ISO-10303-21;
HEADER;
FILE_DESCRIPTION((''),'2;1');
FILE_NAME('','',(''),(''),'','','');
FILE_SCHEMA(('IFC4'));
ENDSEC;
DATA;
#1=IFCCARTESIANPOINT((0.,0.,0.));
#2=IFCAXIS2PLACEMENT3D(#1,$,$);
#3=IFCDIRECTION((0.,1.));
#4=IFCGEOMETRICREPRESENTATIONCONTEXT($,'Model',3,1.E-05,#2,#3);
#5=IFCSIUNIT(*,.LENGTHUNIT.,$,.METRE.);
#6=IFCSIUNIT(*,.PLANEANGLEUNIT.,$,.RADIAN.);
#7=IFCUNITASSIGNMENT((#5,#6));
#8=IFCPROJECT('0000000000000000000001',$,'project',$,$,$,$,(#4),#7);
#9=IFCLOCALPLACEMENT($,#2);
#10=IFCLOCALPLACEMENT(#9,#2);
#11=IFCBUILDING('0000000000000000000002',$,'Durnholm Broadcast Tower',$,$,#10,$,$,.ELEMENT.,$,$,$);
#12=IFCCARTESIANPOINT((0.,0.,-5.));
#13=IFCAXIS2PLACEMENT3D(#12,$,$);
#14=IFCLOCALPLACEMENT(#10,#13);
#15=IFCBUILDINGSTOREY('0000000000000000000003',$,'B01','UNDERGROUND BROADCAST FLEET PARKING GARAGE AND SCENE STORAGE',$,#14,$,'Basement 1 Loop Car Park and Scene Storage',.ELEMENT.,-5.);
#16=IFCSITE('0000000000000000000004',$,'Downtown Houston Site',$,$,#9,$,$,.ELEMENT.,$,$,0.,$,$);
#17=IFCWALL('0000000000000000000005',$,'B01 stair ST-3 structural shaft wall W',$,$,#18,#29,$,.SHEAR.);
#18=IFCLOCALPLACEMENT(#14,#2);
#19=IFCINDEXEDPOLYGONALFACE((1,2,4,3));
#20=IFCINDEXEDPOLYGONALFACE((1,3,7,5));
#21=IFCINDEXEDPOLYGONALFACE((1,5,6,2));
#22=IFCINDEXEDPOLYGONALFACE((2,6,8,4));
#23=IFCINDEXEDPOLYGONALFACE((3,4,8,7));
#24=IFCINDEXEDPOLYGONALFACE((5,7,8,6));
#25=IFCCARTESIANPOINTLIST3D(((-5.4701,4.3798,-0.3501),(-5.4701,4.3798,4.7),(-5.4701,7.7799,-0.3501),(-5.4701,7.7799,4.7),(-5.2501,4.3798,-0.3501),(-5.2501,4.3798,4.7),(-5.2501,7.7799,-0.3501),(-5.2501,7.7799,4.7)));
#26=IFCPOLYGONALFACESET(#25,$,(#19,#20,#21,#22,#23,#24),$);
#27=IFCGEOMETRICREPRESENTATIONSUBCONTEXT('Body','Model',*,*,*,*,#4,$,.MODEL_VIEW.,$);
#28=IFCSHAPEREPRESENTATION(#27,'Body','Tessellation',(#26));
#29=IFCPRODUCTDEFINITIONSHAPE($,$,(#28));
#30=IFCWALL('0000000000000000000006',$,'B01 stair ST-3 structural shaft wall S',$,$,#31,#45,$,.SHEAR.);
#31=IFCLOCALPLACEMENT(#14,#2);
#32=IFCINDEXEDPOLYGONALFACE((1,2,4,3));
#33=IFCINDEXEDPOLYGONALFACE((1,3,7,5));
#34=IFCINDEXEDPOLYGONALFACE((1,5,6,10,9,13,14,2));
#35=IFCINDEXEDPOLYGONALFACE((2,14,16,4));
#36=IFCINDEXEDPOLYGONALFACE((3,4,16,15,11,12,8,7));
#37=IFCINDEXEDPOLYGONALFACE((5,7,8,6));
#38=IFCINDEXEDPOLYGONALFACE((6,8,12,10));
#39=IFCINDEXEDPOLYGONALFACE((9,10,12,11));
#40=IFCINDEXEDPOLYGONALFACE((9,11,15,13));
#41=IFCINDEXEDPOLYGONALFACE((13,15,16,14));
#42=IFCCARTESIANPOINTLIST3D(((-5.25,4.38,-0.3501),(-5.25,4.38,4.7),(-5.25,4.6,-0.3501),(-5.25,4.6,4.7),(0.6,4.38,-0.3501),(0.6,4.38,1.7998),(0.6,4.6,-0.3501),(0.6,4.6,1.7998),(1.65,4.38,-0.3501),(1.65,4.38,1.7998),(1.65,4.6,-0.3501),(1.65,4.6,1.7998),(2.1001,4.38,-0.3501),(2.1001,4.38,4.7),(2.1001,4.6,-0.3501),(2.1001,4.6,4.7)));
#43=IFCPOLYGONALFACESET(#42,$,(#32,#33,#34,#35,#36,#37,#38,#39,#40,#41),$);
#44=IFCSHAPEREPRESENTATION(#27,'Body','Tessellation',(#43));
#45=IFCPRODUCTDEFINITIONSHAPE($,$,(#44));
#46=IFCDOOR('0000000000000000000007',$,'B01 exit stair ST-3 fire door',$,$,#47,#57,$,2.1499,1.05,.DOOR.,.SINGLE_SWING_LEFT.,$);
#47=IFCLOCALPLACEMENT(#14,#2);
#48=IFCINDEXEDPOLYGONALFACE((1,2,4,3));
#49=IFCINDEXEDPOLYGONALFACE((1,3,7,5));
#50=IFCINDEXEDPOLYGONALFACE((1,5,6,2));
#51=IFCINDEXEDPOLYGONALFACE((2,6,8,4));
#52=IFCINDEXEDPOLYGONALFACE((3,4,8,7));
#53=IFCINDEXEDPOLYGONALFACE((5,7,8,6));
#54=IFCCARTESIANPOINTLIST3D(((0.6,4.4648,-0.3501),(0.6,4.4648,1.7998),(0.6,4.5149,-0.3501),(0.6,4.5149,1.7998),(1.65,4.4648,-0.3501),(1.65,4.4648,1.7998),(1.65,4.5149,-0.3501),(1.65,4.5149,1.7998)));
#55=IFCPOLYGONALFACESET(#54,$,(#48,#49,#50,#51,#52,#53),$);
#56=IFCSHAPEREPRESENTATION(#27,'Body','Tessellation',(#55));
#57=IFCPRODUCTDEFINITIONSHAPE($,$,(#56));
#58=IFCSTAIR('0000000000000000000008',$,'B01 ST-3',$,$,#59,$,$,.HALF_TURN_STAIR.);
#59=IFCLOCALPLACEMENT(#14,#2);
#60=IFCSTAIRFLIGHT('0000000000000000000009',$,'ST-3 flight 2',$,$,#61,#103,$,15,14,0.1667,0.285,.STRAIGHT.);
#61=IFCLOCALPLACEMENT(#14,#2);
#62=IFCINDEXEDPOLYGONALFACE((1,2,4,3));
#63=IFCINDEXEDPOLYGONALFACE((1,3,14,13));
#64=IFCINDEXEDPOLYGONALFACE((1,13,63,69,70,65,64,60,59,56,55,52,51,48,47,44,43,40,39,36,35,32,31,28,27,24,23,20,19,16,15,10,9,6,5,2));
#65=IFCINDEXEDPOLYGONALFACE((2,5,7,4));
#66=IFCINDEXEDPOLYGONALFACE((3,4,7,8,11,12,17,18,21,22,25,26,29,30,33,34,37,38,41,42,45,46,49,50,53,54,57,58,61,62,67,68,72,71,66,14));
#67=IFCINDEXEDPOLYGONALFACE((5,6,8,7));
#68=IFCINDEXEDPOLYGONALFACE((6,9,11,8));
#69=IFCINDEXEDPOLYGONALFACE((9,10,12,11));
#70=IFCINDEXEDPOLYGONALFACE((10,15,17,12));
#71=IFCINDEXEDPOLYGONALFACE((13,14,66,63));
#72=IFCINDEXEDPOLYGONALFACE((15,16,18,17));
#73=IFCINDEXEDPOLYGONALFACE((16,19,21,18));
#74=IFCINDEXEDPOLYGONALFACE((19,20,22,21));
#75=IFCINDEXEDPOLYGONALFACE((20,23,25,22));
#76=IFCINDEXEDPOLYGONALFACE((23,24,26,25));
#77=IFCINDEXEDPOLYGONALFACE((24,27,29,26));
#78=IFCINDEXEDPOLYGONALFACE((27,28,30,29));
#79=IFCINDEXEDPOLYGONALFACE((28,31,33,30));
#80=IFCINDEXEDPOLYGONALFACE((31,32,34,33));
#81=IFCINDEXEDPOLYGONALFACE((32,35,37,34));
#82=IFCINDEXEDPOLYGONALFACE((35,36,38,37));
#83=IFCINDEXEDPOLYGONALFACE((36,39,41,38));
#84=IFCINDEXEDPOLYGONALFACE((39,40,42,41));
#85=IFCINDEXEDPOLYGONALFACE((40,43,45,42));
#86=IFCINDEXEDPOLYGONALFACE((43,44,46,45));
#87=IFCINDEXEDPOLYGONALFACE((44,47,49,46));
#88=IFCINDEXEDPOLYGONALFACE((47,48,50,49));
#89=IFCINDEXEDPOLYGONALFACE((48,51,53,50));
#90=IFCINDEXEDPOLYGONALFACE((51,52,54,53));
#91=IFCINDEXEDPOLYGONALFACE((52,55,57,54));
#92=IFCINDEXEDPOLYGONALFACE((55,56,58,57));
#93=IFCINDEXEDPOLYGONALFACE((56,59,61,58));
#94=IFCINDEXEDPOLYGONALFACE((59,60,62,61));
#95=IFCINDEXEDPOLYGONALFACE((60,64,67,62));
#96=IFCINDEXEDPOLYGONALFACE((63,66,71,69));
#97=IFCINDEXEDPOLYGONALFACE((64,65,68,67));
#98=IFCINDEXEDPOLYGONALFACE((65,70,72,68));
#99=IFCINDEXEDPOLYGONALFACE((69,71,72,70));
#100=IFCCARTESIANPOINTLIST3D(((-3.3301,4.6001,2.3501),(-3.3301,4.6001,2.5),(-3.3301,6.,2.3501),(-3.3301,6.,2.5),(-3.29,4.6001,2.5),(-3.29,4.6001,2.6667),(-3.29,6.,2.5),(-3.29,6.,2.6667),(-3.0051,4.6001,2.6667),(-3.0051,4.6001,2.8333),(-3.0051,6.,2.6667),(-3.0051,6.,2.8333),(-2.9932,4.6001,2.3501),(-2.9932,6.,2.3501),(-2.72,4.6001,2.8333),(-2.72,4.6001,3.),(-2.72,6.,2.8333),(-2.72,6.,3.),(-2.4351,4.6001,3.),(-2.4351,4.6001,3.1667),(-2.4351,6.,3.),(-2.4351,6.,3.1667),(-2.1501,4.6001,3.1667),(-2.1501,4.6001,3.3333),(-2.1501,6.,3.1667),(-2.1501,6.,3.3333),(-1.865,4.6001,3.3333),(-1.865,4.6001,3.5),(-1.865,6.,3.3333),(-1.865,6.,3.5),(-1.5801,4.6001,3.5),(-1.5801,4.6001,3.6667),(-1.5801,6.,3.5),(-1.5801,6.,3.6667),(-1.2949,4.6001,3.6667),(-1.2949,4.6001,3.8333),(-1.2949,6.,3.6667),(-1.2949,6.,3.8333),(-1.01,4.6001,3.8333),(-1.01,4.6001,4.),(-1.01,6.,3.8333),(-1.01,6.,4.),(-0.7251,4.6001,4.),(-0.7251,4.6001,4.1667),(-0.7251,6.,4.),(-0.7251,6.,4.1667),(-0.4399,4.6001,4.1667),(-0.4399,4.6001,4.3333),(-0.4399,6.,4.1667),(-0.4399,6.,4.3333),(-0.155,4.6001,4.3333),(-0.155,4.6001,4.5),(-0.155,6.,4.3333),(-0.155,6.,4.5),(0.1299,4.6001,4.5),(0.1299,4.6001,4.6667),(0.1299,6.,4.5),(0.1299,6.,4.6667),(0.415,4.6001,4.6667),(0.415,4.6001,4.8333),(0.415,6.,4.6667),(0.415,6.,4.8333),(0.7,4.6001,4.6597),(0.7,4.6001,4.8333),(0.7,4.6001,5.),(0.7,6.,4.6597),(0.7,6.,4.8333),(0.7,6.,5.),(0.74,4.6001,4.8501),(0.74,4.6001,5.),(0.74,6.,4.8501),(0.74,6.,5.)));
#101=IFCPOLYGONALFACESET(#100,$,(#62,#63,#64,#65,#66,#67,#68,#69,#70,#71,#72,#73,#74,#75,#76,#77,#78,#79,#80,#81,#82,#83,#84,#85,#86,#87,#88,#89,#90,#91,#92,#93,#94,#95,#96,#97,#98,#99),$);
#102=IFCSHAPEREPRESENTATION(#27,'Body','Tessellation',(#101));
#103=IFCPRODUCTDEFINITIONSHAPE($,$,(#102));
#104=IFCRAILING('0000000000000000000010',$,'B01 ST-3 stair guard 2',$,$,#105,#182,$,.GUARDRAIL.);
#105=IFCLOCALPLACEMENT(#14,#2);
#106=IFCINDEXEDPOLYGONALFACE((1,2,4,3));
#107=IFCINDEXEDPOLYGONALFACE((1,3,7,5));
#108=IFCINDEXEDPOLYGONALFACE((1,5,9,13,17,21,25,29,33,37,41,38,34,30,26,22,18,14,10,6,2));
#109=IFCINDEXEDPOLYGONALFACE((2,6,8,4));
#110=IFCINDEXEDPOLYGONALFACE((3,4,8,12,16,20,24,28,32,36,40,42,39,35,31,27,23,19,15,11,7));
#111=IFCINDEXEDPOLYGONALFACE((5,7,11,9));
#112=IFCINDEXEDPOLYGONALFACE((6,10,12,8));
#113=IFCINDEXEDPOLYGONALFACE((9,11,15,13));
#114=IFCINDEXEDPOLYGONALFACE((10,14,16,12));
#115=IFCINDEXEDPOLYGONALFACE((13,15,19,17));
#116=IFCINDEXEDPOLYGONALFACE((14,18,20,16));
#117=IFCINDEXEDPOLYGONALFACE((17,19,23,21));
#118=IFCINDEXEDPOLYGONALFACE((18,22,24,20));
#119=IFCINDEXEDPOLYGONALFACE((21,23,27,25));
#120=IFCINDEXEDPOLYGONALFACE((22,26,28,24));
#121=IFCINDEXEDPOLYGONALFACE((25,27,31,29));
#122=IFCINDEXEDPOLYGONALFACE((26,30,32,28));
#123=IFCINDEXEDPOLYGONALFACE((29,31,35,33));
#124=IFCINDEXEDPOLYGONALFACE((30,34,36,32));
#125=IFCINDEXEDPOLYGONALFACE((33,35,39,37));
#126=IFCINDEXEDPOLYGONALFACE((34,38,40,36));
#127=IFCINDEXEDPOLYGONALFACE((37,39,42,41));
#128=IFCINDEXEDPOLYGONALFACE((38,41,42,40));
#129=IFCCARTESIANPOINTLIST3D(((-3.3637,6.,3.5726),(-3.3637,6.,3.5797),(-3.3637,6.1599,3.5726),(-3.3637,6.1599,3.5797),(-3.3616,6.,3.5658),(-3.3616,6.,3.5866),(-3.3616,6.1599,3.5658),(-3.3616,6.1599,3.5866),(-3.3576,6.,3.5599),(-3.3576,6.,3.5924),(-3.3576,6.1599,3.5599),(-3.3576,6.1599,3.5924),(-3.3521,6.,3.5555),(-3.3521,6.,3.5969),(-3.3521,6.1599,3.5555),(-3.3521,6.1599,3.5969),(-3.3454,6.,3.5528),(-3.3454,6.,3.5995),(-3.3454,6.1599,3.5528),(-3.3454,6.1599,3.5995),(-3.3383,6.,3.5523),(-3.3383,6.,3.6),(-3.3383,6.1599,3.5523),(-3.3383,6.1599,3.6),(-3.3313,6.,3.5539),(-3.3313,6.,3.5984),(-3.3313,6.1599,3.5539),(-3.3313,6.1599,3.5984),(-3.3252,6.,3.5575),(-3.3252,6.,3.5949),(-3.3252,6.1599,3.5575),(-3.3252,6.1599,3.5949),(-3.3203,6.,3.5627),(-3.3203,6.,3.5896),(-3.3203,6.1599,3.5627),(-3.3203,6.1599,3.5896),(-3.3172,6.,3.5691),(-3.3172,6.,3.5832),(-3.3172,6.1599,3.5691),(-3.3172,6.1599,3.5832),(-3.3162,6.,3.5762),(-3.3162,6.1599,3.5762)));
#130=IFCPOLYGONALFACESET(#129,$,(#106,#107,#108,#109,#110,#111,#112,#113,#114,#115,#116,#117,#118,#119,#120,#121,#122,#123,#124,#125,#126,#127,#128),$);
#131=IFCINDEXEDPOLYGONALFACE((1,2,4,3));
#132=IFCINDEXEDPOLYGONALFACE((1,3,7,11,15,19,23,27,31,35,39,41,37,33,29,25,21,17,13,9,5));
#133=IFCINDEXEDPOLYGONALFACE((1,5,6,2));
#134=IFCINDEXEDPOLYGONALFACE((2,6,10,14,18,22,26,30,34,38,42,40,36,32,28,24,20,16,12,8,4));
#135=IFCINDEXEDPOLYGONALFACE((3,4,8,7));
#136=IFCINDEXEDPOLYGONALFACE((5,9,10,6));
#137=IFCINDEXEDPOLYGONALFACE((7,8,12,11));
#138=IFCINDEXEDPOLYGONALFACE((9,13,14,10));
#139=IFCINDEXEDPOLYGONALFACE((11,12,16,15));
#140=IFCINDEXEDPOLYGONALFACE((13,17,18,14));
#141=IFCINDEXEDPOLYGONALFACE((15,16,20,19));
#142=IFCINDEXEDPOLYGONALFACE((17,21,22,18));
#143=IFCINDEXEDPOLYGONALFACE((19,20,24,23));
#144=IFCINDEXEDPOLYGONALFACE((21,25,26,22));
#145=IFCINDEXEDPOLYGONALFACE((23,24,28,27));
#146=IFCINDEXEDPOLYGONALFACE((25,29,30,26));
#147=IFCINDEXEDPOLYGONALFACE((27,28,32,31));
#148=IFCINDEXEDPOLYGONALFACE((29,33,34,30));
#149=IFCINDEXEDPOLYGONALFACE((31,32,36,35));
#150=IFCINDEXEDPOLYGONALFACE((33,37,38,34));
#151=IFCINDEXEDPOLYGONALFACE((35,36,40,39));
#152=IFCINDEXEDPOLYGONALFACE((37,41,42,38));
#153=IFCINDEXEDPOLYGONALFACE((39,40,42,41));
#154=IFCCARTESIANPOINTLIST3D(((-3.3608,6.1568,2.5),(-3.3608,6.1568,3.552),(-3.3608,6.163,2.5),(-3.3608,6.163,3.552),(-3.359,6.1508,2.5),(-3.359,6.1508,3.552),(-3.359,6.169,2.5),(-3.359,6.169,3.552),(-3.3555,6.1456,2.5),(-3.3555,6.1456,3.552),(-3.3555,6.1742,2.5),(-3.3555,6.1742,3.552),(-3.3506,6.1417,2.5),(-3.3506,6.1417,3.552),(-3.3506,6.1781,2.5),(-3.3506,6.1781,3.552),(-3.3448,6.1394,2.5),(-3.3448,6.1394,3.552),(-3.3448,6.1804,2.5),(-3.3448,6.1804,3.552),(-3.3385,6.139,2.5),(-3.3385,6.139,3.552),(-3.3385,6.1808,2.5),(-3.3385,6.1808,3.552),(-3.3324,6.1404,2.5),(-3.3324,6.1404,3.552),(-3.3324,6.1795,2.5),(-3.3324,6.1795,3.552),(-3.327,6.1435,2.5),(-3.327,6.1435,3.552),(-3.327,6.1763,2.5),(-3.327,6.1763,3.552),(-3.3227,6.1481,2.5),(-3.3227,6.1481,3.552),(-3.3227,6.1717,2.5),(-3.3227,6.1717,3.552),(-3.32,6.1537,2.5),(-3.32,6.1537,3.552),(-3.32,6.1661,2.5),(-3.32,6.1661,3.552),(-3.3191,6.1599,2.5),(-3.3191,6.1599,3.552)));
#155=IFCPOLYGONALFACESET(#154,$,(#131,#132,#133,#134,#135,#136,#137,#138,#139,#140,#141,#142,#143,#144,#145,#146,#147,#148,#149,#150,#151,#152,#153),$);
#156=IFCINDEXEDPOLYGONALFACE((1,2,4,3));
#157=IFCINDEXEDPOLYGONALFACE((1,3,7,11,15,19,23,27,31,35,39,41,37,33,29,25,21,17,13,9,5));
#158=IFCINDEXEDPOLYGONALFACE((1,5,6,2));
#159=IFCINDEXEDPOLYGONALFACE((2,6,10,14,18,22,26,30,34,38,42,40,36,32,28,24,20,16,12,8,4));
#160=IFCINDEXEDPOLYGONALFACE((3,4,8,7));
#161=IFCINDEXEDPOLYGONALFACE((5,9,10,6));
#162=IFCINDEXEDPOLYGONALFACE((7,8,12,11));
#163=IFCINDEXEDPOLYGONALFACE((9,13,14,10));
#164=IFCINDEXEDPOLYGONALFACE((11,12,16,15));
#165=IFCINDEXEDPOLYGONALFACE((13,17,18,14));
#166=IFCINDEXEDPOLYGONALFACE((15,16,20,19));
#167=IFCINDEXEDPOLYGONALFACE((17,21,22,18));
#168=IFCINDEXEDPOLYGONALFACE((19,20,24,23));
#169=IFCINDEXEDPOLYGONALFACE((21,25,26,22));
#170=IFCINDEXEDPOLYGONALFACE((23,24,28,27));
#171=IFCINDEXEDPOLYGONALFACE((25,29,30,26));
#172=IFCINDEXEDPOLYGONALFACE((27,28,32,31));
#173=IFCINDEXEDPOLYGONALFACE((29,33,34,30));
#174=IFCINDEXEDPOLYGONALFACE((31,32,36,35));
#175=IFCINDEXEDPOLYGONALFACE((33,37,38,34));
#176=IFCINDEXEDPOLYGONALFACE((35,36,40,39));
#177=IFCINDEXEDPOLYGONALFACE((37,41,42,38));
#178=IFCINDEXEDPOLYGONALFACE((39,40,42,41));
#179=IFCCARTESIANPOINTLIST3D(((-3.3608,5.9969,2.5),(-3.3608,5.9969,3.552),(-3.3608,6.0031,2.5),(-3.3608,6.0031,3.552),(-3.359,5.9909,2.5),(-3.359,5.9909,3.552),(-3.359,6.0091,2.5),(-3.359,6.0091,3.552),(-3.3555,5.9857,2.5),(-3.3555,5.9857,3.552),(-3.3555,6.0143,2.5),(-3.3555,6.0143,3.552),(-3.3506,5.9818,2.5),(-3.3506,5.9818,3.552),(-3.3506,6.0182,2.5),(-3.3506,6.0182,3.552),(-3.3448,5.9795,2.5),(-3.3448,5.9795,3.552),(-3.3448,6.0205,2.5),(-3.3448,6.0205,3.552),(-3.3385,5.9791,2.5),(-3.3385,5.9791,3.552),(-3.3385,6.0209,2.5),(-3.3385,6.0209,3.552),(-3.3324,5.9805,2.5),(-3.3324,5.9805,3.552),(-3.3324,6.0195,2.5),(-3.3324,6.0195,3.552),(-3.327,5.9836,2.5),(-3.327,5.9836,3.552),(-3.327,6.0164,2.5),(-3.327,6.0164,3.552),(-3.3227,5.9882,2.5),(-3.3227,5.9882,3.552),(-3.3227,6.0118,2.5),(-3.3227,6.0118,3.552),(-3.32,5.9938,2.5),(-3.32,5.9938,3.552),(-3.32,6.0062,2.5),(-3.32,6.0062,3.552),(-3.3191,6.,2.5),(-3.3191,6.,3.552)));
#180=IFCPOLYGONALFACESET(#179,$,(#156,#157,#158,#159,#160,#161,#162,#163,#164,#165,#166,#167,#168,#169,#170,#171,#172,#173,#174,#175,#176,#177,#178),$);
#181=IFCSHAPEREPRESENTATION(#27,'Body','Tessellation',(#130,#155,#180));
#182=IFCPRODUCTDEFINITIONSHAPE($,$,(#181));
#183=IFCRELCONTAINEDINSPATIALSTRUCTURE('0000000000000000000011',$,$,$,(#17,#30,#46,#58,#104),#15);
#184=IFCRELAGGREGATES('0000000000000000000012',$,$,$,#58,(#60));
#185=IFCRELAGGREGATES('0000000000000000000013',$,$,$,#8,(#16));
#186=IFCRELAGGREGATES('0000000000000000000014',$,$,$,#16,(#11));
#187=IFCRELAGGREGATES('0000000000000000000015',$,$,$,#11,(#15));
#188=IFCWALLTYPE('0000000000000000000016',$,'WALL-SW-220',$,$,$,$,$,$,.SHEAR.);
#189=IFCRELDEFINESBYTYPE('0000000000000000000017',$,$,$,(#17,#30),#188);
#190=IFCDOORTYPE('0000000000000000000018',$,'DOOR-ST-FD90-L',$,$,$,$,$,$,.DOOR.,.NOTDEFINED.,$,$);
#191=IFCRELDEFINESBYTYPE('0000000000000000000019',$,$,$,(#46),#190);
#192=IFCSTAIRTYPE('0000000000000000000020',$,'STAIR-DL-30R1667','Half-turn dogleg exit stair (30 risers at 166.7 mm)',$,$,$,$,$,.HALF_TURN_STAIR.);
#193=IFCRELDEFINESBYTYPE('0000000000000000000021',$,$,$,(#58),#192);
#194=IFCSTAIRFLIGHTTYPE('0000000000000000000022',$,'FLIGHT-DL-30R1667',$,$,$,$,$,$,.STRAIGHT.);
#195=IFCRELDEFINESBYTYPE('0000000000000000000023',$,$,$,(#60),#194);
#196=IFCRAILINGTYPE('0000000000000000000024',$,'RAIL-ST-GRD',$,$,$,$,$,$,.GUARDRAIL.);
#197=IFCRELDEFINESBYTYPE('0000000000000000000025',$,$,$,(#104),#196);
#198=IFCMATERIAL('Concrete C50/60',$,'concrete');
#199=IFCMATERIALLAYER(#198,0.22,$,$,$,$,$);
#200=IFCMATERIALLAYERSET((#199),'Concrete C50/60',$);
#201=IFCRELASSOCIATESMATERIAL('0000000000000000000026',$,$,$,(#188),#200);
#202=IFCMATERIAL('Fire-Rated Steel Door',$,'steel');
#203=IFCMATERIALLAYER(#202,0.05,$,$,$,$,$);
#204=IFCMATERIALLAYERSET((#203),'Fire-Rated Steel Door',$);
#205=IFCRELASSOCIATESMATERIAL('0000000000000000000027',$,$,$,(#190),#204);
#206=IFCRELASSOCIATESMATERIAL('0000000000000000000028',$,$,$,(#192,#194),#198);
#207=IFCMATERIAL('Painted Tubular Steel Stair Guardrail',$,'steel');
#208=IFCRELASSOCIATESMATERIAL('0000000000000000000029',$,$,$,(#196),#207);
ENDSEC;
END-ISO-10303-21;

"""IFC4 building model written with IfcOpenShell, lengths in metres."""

from ifc_helpers import new_model, si_unit, direction, frame, frame_2d, origin, origin_2d, place, context, subcontext, project, spatial, polyline, rectangle, circle, outline, extrude, source, transform, mapped, material, layer, layer_set, type_object, type_shapes, element, fill, aggregate, save


model = new_model("IFC4")

# Units and contexts
model_context = context("Model", 3, precision=1e-05, world=origin(), true_north=direction((0.0, 1.0)))
body_context = subcontext(model_context, "Body", "Model", "MODEL_VIEW")
ifc_project = project(units=[si_unit("LENGTHUNIT", "METRE"), si_unit("PLANEANGLEUNIT", "RADIAN")], contexts=[model_context])

# Site, building, storey
site_placement = place(None, origin())
site = spatial("IfcSite", under=ifc_project, at=site_placement, Name="Downtown Houston Site", CompositionType="ELEMENT", RefElevation=0.0)
building_placement = place(site_placement, origin())
building = spatial("IfcBuilding", under=site, at=building_placement, Name="Durnholm Broadcast Tower", CompositionType="ELEMENT")
storey_placement = place(building_placement, frame((0.0, 0.0, -5.0)))
storey = spatial("IfcBuildingStorey", under=building, at=storey_placement, Name="B01", Description="UNDERGROUND BROADCAST FLEET PARKING GARAGE AND SCENE STORAGE", LongName="Basement 1 Loop Car Park and Scene Storage", CompositionType="ELEMENT", Elevation=-5.0)

# Wall
ifc_material_1 = material(Name="Concrete C50/60", Category="concrete")
ifc_layer_1 = layer(ifc_material_1, 0.22)
ifc_layer_set_1 = layer_set([ifc_layer_1], Name="Concrete C50/60")
wall_type_1 = type_object("IfcWallType", Name="WALL-SW-220", PredefinedType="SHEAR", material=ifc_layer_set_1)
wall_1_placement = place(storey_placement, frame((-5.3601, 7.78, -0.3501), z_axis=(0.0, 0.0, 1.0), x_axis=(0.0, -1.0, 0.0)))
element("IfcWall", 1, at=wall_1_placement, inside=storey, type_object=wall_type_1, Name="B01 stair ST-3 structural shaft wall W", PredefinedType="SHEAR", context=body_context, shape_type="SweptSolid", body=[
    extrude(rectangle(XDim=3.4001, YDim=0.22, at=frame_2d((1.7002, 0.0))), origin(), (0.0, 0.0, 1.0), 5.05),
])

# Wall, opening, door
wall_2_placement = place(storey_placement, frame((-5.25, 4.49, -0.3501), z_axis=(0.0, 0.0, 1.0), x_axis=(1.0, 0.0, 0.0)))
wall_2 = element("IfcWall", 2, at=wall_2_placement, inside=storey, type_object=wall_type_1, Name="B01 stair ST-3 structural shaft wall S", PredefinedType="SHEAR", context=body_context, shape_type="SweptSolid", body=[
    extrude(rectangle(XDim=7.3501, YDim=0.22, at=frame_2d((3.675, 0.0))), origin(), (0.0, 0.0, 1.0), 5.05),
])
opening_1_placement = place(wall_2_placement, frame((5.8501, 0.0, 0.0)))
opening_1 = element("IfcOpeningElement", 3, at=opening_1_placement, cuts=wall_2, PredefinedType="OPENING", context=body_context, shape_type="SweptSolid", body=[
    extrude(rectangle(XDim=1.05, YDim=2.1499, at=frame_2d((0.5249, 1.075))), frame((0.0, 0.1201, 0.0), z_axis=(0.0, -1.0, 0.0), x_axis=(1.0, 0.0, 0.0)), (0.0, 0.0, 1.0), 0.24),
])
ifc_material_2 = material(Name="Fire-Rated Steel Door", Category="steel")
ifc_layer_2 = layer(ifc_material_2, 0.05)
ifc_layer_set_2 = layer_set([ifc_layer_2], Name="Fire-Rated Steel Door")
door_type_1 = type_object("IfcDoorType", Name="DOOR-ST-FD90-L", OperationType="NOTDEFINED", PredefinedType="DOOR", material=ifc_layer_set_2)
shared_shape_1 = source(origin(), body_context, "Body", "SweptSolid", [
    extrude(rectangle(XDim=1.05, YDim=2.1499, at=frame_2d((0.5249, 1.075))), frame((0.0, 0.0249, 0.0), z_axis=(0.0, -1.0, 0.0), x_axis=(1.0, 0.0, 0.0)), (0.0, 0.0, 1.0), 0.05),
])
type_shapes(door_type_1, [shared_shape_1])
door_1_placement = place(opening_1_placement, origin())
door_1 = element("IfcDoor", 4, at=door_1_placement, inside=storey, type_object=door_type_1, Name="B01 exit stair ST-3 fire door", OperationType="SINGLE_SWING_LEFT", OverallHeight=2.1499, OverallWidth=1.05, PredefinedType="DOOR", context=body_context, shape_type="MappedRepresentation", body=[
    mapped(shared_shape_1, transform((0.0, 0.0, 0.0), x_axis=(1.0, 0.0, 0.0), y_axis=(0.0, 1.0, 0.0), z_axis=(0.0, 0.0, 1.0), scale=1.0)),
])
fill(opening_1, door_1)

# Stair, stair flight
stair_type = type_object("IfcStairType", Name="STAIR-DL-30R1667", Description="Half-turn dogleg exit stair (30 risers at 166.7 mm)", PredefinedType="HALF_TURN_STAIR", material=ifc_material_1)
stair_placement = place(storey_placement, origin())
stair = element("IfcStair", 5, at=stair_placement, inside=storey, type_object=stair_type, Name="B01 ST-3", PredefinedType="HALF_TURN_STAIR")
stair_flight_type = type_object("IfcStairFlightType", Name="FLIGHT-DL-30R1667", PredefinedType="STRAIGHT", material=ifc_material_1)
stair_flight_placement = place(storey_placement, frame((-3.29, 5.3, 2.5), z_axis=(0.0, 0.0, 1.0), x_axis=(1.0, 0.0, 0.0)))
stair_flight = element("IfcStairFlight", 6, at=stair_flight_placement, type_object=stair_flight_type, Name="ST-3 flight 2", NumberOfRisers=15, NumberOfTreads=14, PredefinedType="STRAIGHT", RiserHeight=0.1667, TreadLength=0.285, context=body_context, shape_type="SweptSolid", body=[
    extrude(outline(polyline([(-0.04, -0.1499), (-0.04, 0.0), (0.0, 0.0), (0.0, 0.1667), (0.2849, 0.1667), (0.2849, 0.3333), (0.5701, 0.3333), (0.5701, 0.5), (0.855, 0.5), (0.855, 0.6667), (1.1399, 0.6667), (1.1399, 0.8333), (1.425, 0.8333), (1.425, 1.0), (1.71, 1.0), (1.71, 1.1667), (1.9951, 1.1667), (1.9951, 1.3333), (2.28, 1.3333), (2.28, 1.5), (2.5649, 1.5), (2.5649, 1.6667), (2.8501, 1.6667), (2.8501, 1.8333), (3.135, 1.8333), (3.135, 2.0), (3.4199, 2.0), (3.4199, 2.1667), (3.7051, 2.1667), (3.7051, 2.3333), (3.99, 2.3333), (3.99, 2.5), (4.03, 2.5), (4.03, 2.3501), (3.99, 2.1597), (0.2969, -0.1499), (-0.04, -0.1499)])), frame((0.0, 0.7, 0.0), z_axis=(0.0, -1.0, 0.0), x_axis=(1.0, 0.0, 0.0)), (0.0, 0.0, 1.0), 1.3999),
])
aggregate(stair, [stair_flight])

# Railing
ifc_material_3 = material(Name="Painted Tubular Steel Stair Guardrail", Category="steel")
railing_type_1 = type_object("IfcRailingType", Name="RAIL-ST-GRD", PredefinedType="GUARDRAIL", material=ifc_material_3)
railing_1_placement = place(storey_placement, frame((-3.3401, 6.1599, 2.5)))
element("IfcRailing", 7, at=railing_1_placement, inside=storey, type_object=railing_type_1, Name="B01 ST-3 stair guard 2", PredefinedType="GUARDRAIL", context=body_context, shape_type="SweptSolid", body=[
    extrude(circle(Radius=0.0239, at=origin_2d()), frame((0.0, 0.0, 1.0762), z_axis=(0.0, -1.0, 0.0), x_axis=(1.0, 0.0, 0.0)), (0.0, 0.0, 1.0), 0.1599),
    extrude(circle(Radius=0.021, at=origin_2d()), origin(), (0.0, 0.0, 1.0), 1.052),
    extrude(circle(Radius=0.021, at=origin_2d()), frame((0.0, -0.1599, 0.0)), (0.0, 0.0, 1.0), 1.052),
])

save(model, "model.ifc")
